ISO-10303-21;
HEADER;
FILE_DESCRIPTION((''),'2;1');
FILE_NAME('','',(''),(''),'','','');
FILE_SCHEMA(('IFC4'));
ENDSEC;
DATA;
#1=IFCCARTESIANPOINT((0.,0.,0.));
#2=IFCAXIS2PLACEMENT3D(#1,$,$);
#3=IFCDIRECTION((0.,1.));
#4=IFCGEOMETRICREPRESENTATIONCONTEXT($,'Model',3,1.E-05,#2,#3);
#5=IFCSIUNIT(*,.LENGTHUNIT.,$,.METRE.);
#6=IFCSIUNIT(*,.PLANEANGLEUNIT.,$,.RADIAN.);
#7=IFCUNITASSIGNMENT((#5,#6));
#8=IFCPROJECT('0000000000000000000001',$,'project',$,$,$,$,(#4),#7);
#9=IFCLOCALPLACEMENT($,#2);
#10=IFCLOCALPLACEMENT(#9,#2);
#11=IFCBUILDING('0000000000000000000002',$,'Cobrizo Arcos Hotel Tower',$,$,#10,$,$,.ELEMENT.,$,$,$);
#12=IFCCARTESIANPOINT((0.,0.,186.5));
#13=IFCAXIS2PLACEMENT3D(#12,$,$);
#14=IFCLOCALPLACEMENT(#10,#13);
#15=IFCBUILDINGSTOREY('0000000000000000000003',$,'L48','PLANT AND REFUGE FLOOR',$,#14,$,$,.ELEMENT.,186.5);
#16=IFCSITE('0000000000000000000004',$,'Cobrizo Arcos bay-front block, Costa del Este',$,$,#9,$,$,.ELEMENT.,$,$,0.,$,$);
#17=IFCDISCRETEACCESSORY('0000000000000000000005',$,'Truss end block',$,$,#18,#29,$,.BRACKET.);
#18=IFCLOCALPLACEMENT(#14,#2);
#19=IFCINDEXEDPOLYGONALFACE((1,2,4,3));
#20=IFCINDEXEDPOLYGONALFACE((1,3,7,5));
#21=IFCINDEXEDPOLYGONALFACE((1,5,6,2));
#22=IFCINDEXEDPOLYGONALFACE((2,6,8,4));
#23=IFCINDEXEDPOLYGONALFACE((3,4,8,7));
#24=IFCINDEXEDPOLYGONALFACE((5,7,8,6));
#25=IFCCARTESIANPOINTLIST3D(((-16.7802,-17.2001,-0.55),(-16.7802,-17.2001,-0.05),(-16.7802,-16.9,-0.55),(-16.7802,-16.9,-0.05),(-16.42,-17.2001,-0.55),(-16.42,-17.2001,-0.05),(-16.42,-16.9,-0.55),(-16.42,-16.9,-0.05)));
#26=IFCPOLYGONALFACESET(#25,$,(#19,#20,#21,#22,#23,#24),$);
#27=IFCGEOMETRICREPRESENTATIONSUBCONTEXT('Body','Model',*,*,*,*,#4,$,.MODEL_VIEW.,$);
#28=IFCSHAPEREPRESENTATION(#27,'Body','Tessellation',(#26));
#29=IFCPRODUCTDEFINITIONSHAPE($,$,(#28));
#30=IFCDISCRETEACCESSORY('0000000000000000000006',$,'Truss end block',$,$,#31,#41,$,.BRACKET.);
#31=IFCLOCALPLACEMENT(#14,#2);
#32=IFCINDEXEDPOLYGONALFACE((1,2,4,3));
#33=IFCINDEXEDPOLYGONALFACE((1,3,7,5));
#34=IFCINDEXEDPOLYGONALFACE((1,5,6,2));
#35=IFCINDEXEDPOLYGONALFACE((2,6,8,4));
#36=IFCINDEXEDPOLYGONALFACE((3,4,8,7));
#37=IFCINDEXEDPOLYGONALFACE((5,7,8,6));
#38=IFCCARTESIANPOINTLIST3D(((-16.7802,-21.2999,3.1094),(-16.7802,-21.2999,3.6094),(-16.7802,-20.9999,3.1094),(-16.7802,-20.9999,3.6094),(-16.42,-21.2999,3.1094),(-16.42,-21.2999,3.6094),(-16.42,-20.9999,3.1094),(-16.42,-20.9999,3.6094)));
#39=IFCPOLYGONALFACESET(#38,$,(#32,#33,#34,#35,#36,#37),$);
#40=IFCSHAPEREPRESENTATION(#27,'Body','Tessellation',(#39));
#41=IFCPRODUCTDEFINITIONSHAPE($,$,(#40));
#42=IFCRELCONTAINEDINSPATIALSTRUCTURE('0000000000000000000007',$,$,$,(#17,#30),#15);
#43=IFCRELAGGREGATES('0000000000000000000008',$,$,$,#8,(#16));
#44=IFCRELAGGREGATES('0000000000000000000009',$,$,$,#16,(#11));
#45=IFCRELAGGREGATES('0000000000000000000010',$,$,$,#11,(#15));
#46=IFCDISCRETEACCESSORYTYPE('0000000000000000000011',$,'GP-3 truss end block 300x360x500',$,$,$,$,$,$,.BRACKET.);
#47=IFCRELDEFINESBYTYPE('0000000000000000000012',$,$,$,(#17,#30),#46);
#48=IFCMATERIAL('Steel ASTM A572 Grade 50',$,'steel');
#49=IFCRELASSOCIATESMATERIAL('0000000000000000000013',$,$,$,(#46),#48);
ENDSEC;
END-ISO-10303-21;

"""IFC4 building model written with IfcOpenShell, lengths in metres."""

from ifc_helpers import new_model, si_unit, direction, frame, origin, origin_2d, place, context, subcontext, project, spatial, rectangle, extrude, material, type_object, element, save


model = new_model("IFC4")

# Units and contexts
model_context = context("Model", 3, precision=1e-05, world=origin(), true_north=direction((0.0, 1.0)))
body_context = subcontext(model_context, "Body", "Model", "MODEL_VIEW")
ifc_project = project(units=[si_unit("LENGTHUNIT", "METRE"), si_unit("PLANEANGLEUNIT", "RADIAN")], contexts=[model_context])

# Site, building, storey
site_placement = place(None, origin())
site = spatial("IfcSite", under=ifc_project, at=site_placement, Name="Cobrizo Arcos bay-front block, Costa del Este", CompositionType="ELEMENT", RefElevation=0.0)
building_placement = place(site_placement, origin())
building = spatial("IfcBuilding", under=site, at=building_placement, Name="Cobrizo Arcos Hotel Tower", CompositionType="ELEMENT")
storey_placement = place(building_placement, frame((0.0, 0.0, 186.5)))
storey = spatial("IfcBuildingStorey", under=building, at=storey_placement, Name="L48", Description="PLANT AND REFUGE FLOOR", CompositionType="ELEMENT", Elevation=186.5)

# Shared definitions
ifc_material_1 = material(Name="Steel ASTM A572 Grade 50", Category="steel")

# Discrete accessories
discrete_accessory_type = type_object("IfcDiscreteAccessoryType", Name="GP-3 truss end block 300x360x500", PredefinedType="BRACKET", material=ifc_material_1)
for number, where, z_axis, x_axis, name in (
    (1, (-16.6001, -17.05, -0.55), (0.0, 0.0, 1.0), (0.0, -1.0, 0.0), "Truss end block"),
    (2, (-16.6001, -21.1499, 3.1094), (0.0, 0.0, 1.0), (0.0, 1.0, 0.0), "Truss end block"),
):
    element("IfcDiscreteAccessory", number, at=place(storey_placement, frame(where, z_axis=z_axis, x_axis=x_axis)), inside=storey, type_object=discrete_accessory_type, Name=name, PredefinedType="BRACKET", context=body_context, shape_type="SweptSolid", body=[
        extrude(rectangle(XDim=0.3, YDim=0.3601, at=origin_2d()), origin(), (0.0, 0.0, 1.0), 0.5),
    ])

save(model, "model.ifc")
